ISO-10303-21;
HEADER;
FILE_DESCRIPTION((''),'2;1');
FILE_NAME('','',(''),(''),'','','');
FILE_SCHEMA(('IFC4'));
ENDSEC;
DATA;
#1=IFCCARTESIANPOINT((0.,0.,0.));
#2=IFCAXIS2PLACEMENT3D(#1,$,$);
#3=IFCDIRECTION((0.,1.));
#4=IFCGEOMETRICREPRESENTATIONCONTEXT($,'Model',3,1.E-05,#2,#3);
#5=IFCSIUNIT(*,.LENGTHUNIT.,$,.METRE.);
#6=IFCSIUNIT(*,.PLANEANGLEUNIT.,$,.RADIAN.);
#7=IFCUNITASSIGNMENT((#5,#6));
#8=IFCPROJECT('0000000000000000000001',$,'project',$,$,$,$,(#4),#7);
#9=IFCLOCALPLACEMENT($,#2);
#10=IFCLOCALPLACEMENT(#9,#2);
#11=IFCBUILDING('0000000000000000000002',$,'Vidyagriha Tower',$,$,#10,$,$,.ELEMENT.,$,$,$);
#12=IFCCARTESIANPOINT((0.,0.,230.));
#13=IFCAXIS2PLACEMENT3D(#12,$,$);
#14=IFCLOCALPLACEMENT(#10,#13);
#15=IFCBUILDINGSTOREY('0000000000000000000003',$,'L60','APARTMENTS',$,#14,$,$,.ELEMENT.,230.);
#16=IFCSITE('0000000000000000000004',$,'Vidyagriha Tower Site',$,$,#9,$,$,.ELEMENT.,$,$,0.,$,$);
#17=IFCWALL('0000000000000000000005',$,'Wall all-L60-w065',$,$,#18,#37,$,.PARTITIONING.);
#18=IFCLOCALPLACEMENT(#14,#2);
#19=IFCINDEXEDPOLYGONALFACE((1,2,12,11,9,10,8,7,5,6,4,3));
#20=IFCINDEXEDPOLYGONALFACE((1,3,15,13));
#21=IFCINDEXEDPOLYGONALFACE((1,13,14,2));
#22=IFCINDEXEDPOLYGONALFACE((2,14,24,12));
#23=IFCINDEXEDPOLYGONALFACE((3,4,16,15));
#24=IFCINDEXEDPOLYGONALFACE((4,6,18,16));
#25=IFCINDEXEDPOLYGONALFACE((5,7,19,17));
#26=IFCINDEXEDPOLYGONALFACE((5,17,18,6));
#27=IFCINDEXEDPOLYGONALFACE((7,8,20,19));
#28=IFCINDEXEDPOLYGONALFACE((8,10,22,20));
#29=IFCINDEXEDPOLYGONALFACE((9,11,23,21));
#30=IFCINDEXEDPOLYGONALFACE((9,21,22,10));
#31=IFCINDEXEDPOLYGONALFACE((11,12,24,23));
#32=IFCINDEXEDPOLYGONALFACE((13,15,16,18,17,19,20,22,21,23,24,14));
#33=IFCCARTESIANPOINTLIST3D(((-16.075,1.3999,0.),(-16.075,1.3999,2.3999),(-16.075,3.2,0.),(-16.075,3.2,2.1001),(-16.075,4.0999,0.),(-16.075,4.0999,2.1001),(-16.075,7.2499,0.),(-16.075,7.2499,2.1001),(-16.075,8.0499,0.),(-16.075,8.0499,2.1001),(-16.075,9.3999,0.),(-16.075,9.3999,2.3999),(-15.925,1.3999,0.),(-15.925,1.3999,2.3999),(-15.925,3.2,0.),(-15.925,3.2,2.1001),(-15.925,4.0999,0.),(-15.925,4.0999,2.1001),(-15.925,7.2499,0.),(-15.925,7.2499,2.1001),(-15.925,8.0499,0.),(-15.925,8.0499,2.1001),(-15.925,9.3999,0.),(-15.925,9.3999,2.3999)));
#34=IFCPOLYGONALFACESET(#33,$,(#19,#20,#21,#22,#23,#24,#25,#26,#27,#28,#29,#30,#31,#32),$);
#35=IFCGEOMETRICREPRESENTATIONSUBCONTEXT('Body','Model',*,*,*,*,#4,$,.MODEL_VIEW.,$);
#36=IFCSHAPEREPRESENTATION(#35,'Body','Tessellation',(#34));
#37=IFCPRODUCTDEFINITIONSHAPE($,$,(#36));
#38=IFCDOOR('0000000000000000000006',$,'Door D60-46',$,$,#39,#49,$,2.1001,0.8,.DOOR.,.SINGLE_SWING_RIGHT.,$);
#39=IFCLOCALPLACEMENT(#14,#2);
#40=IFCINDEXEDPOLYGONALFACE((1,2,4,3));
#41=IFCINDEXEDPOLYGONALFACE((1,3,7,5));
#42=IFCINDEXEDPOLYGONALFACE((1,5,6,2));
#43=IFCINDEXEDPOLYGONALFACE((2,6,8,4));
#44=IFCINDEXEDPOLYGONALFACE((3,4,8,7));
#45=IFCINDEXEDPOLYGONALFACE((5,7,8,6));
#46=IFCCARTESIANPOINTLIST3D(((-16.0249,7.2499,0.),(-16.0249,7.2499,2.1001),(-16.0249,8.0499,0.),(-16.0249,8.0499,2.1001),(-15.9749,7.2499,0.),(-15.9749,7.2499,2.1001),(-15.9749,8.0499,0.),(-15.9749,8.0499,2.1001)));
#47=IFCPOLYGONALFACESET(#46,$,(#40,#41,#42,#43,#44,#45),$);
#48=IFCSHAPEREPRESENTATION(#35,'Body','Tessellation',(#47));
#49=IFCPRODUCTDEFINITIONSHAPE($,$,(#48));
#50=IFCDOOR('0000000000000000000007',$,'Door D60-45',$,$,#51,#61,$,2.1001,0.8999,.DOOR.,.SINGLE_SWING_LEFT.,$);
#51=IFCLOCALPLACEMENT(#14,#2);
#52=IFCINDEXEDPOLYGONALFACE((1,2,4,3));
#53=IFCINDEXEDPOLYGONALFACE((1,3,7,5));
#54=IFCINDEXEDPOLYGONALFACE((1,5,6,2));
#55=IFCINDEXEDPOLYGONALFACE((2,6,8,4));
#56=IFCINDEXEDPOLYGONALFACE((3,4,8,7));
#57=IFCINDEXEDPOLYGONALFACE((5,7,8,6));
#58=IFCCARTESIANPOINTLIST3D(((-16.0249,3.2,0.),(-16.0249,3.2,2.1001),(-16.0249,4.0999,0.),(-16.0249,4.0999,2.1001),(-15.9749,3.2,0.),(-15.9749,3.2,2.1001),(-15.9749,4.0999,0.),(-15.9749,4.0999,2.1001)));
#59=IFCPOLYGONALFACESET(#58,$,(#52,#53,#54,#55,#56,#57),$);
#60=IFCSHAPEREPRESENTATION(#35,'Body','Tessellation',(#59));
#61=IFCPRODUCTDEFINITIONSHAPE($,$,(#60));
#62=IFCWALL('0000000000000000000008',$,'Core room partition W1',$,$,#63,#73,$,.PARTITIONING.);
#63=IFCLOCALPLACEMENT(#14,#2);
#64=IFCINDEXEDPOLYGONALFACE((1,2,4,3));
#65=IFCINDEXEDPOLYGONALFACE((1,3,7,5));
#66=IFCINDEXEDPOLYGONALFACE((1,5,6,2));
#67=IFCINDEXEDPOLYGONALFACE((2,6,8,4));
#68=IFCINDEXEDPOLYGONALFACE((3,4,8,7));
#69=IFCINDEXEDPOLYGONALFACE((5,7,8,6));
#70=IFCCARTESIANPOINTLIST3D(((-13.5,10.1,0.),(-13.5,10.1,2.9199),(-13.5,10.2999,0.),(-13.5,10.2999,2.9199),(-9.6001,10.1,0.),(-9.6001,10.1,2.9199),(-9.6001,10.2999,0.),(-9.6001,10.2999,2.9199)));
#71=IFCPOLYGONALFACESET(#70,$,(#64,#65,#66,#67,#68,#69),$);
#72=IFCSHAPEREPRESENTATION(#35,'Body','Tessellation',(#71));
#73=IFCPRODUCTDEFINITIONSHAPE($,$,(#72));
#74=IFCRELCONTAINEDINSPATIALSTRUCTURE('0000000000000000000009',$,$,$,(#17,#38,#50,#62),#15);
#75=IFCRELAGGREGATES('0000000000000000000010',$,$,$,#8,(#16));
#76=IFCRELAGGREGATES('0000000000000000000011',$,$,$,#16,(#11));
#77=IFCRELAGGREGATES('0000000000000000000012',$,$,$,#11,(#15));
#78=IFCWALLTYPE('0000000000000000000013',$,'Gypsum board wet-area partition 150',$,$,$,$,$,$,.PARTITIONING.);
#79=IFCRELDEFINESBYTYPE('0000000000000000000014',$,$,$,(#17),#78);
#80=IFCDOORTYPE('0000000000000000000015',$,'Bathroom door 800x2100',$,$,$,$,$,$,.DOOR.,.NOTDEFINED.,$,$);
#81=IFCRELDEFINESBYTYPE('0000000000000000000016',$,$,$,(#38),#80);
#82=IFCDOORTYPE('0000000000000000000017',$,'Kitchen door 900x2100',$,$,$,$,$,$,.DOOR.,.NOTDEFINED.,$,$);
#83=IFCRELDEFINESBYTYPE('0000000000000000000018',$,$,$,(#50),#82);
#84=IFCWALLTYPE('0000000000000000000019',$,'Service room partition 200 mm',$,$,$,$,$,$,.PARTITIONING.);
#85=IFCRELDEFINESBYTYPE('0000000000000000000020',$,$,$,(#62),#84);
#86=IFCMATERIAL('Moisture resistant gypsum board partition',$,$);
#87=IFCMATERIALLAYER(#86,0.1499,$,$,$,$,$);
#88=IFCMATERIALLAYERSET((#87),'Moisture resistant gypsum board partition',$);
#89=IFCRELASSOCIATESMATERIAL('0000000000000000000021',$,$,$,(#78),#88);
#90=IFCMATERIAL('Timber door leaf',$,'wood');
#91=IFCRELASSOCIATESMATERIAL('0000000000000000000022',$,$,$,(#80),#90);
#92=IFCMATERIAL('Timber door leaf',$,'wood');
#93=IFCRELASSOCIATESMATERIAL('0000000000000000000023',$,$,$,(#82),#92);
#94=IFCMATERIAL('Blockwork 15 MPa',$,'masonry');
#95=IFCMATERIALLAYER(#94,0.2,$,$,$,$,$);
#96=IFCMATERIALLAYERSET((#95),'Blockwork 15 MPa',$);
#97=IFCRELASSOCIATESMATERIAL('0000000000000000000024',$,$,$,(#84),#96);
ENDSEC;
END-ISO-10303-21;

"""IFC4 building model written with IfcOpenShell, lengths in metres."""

from ifc_helpers import new_model, si_unit, direction, frame, frame_2d, origin, place, context, subcontext, project, spatial, rectangle, extrude, material, layer, layer_set, type_object, element, fill, save


model = new_model("IFC4")

# Units and contexts
model_context = context("Model", 3, precision=1e-05, world=origin(), true_north=direction((0.0, 1.0)))
body_context = subcontext(model_context, "Body", "Model", "MODEL_VIEW")
ifc_project = project(units=[si_unit("LENGTHUNIT", "METRE"), si_unit("PLANEANGLEUNIT", "RADIAN")], contexts=[model_context])

# Site, building, storey
site_placement = place(None, origin())
site = spatial("IfcSite", under=ifc_project, at=site_placement, Name="Vidyagriha Tower Site", CompositionType="ELEMENT", RefElevation=0.0)
building_placement = place(site_placement, origin())
building = spatial("IfcBuilding", under=site, at=building_placement, Name="Vidyagriha Tower", CompositionType="ELEMENT")
storey_placement = place(building_placement, frame((0.0, 0.0, 230.0)))
storey = spatial("IfcBuildingStorey", under=building, at=storey_placement, Name="L60", Description="APARTMENTS", CompositionType="ELEMENT", Elevation=230.0)

# Wall, openings, doors
ifc_material_1 = material(Name="Moisture resistant gypsum board partition")
ifc_layer_1 = layer(ifc_material_1, 0.1499)
ifc_layer_set_1 = layer_set([ifc_layer_1], Name="Moisture resistant gypsum board partition")
wall_type_1 = type_object("IfcWallType", Name="Gypsum board wet-area partition 150", PredefinedType="PARTITIONING", material=ifc_layer_set_1)
wall_1_placement = place(storey_placement, frame((-16.0, 1.3999, 0.0), z_axis=(0.0, 0.0, 1.0), x_axis=(0.0, 1.0, 0.0)))
wall_1 = element("IfcWall", 1, at=wall_1_placement, inside=storey, type_object=wall_type_1, Name="Wall all-L60-w065", PredefinedType="PARTITIONING", context=body_context, shape_type="SweptSolid", body=[
    extrude(rectangle(XDim=8.0, YDim=0.1499, at=frame_2d((4.0, 0.0))), origin(), (0.0, 0.0, 1.0), 2.3999),
])
opening_1_placement = place(wall_1_placement, frame((1.8, 0.0, 0.0)))
opening_1 = element("IfcOpeningElement", 2, at=opening_1_placement, cuts=wall_1, PredefinedType="OPENING", context=body_context, shape_type="SweptSolid", body=[
    extrude(rectangle(XDim=0.8999, YDim=2.1001, at=frame_2d((0.45, 1.05))), frame((0.0, 0.085, 0.0), z_axis=(0.0, -1.0, 0.0), x_axis=(1.0, 0.0, 0.0)), (0.0, 0.0, 1.0), 0.1699),
])
opening_2_placement = place(wall_1_placement, frame((5.8501, 0.0, 0.0)))
opening_2 = element("IfcOpeningElement", 3, at=opening_2_placement, cuts=wall_1, PredefinedType="OPENING", context=body_context, shape_type="SweptSolid", body=[
    extrude(rectangle(XDim=0.8, YDim=2.1001, at=frame_2d((0.3999, 1.05))), frame((0.0, 0.085, 0.0), z_axis=(0.0, -1.0, 0.0), x_axis=(1.0, 0.0, 0.0)), (0.0, 0.0, 1.0), 0.1699),
])
ifc_material_2 = material(Name="Timber door leaf", Category="wood")
door_type_1 = type_object("IfcDoorType", Name="Bathroom door 800x2100", OperationType="NOTDEFINED", PredefinedType="DOOR", material=ifc_material_2)
door_1_placement = place(opening_2_placement, origin())
door_1 = element("IfcDoor", 4, at=door_1_placement, inside=storey, type_object=door_type_1, Name="Door D60-46", OperationType="SINGLE_SWING_RIGHT", OverallHeight=2.1001, OverallWidth=0.8, PredefinedType="DOOR", context=body_context, shape_type="SweptSolid", body=[
    extrude(rectangle(XDim=0.8, YDim=2.1001, at=frame_2d((0.3999, 1.05))), frame((0.0, 0.0249, 0.0), z_axis=(0.0, -1.0, 0.0), x_axis=(1.0, 0.0, 0.0)), (0.0, 0.0, 1.0), 0.05),
])
fill(opening_2, door_1)
ifc_material_3 = material(Name="Timber door leaf", Category="wood")
door_type_2 = type_object("IfcDoorType", Name="Kitchen door 900x2100", OperationType="NOTDEFINED", PredefinedType="DOOR", material=ifc_material_3)
door_2_placement = place(opening_1_placement, origin())
door_2 = element("IfcDoor", 5, at=door_2_placement, inside=storey, type_object=door_type_2, Name="Door D60-45", OperationType="SINGLE_SWING_LEFT", OverallHeight=2.1001, OverallWidth=0.8999, PredefinedType="DOOR", context=body_context, shape_type="SweptSolid", body=[
    extrude(rectangle(XDim=0.8999, YDim=2.1001, at=frame_2d((0.45, 1.05))), frame((0.0, 0.0249, 0.0), z_axis=(0.0, -1.0, 0.0), x_axis=(1.0, 0.0, 0.0)), (0.0, 0.0, 1.0), 0.05),
])
fill(opening_1, door_2)

# Wall
ifc_material_4 = material(Name="Blockwork 15 MPa", Category="masonry")
ifc_layer_2 = layer(ifc_material_4, 0.2)
ifc_layer_set_2 = layer_set([ifc_layer_2], Name="Blockwork 15 MPa")
wall_type_2 = type_object("IfcWallType", Name="Service room partition 200 mm", PredefinedType="PARTITIONING", material=ifc_layer_set_2)
wall_2_placement = place(storey_placement, frame((-13.5, 10.2, 0.0)))
element("IfcWall", 6, at=wall_2_placement, inside=storey, type_object=wall_type_2, Name="Core room partition W1", PredefinedType="PARTITIONING", context=body_context, shape_type="SweptSolid", body=[
    extrude(rectangle(XDim=3.8999, YDim=0.2, at=frame_2d((1.95, 0.0))), origin(), (0.0, 0.0, 1.0), 2.9199),
])

save(model, "model.ifc")
